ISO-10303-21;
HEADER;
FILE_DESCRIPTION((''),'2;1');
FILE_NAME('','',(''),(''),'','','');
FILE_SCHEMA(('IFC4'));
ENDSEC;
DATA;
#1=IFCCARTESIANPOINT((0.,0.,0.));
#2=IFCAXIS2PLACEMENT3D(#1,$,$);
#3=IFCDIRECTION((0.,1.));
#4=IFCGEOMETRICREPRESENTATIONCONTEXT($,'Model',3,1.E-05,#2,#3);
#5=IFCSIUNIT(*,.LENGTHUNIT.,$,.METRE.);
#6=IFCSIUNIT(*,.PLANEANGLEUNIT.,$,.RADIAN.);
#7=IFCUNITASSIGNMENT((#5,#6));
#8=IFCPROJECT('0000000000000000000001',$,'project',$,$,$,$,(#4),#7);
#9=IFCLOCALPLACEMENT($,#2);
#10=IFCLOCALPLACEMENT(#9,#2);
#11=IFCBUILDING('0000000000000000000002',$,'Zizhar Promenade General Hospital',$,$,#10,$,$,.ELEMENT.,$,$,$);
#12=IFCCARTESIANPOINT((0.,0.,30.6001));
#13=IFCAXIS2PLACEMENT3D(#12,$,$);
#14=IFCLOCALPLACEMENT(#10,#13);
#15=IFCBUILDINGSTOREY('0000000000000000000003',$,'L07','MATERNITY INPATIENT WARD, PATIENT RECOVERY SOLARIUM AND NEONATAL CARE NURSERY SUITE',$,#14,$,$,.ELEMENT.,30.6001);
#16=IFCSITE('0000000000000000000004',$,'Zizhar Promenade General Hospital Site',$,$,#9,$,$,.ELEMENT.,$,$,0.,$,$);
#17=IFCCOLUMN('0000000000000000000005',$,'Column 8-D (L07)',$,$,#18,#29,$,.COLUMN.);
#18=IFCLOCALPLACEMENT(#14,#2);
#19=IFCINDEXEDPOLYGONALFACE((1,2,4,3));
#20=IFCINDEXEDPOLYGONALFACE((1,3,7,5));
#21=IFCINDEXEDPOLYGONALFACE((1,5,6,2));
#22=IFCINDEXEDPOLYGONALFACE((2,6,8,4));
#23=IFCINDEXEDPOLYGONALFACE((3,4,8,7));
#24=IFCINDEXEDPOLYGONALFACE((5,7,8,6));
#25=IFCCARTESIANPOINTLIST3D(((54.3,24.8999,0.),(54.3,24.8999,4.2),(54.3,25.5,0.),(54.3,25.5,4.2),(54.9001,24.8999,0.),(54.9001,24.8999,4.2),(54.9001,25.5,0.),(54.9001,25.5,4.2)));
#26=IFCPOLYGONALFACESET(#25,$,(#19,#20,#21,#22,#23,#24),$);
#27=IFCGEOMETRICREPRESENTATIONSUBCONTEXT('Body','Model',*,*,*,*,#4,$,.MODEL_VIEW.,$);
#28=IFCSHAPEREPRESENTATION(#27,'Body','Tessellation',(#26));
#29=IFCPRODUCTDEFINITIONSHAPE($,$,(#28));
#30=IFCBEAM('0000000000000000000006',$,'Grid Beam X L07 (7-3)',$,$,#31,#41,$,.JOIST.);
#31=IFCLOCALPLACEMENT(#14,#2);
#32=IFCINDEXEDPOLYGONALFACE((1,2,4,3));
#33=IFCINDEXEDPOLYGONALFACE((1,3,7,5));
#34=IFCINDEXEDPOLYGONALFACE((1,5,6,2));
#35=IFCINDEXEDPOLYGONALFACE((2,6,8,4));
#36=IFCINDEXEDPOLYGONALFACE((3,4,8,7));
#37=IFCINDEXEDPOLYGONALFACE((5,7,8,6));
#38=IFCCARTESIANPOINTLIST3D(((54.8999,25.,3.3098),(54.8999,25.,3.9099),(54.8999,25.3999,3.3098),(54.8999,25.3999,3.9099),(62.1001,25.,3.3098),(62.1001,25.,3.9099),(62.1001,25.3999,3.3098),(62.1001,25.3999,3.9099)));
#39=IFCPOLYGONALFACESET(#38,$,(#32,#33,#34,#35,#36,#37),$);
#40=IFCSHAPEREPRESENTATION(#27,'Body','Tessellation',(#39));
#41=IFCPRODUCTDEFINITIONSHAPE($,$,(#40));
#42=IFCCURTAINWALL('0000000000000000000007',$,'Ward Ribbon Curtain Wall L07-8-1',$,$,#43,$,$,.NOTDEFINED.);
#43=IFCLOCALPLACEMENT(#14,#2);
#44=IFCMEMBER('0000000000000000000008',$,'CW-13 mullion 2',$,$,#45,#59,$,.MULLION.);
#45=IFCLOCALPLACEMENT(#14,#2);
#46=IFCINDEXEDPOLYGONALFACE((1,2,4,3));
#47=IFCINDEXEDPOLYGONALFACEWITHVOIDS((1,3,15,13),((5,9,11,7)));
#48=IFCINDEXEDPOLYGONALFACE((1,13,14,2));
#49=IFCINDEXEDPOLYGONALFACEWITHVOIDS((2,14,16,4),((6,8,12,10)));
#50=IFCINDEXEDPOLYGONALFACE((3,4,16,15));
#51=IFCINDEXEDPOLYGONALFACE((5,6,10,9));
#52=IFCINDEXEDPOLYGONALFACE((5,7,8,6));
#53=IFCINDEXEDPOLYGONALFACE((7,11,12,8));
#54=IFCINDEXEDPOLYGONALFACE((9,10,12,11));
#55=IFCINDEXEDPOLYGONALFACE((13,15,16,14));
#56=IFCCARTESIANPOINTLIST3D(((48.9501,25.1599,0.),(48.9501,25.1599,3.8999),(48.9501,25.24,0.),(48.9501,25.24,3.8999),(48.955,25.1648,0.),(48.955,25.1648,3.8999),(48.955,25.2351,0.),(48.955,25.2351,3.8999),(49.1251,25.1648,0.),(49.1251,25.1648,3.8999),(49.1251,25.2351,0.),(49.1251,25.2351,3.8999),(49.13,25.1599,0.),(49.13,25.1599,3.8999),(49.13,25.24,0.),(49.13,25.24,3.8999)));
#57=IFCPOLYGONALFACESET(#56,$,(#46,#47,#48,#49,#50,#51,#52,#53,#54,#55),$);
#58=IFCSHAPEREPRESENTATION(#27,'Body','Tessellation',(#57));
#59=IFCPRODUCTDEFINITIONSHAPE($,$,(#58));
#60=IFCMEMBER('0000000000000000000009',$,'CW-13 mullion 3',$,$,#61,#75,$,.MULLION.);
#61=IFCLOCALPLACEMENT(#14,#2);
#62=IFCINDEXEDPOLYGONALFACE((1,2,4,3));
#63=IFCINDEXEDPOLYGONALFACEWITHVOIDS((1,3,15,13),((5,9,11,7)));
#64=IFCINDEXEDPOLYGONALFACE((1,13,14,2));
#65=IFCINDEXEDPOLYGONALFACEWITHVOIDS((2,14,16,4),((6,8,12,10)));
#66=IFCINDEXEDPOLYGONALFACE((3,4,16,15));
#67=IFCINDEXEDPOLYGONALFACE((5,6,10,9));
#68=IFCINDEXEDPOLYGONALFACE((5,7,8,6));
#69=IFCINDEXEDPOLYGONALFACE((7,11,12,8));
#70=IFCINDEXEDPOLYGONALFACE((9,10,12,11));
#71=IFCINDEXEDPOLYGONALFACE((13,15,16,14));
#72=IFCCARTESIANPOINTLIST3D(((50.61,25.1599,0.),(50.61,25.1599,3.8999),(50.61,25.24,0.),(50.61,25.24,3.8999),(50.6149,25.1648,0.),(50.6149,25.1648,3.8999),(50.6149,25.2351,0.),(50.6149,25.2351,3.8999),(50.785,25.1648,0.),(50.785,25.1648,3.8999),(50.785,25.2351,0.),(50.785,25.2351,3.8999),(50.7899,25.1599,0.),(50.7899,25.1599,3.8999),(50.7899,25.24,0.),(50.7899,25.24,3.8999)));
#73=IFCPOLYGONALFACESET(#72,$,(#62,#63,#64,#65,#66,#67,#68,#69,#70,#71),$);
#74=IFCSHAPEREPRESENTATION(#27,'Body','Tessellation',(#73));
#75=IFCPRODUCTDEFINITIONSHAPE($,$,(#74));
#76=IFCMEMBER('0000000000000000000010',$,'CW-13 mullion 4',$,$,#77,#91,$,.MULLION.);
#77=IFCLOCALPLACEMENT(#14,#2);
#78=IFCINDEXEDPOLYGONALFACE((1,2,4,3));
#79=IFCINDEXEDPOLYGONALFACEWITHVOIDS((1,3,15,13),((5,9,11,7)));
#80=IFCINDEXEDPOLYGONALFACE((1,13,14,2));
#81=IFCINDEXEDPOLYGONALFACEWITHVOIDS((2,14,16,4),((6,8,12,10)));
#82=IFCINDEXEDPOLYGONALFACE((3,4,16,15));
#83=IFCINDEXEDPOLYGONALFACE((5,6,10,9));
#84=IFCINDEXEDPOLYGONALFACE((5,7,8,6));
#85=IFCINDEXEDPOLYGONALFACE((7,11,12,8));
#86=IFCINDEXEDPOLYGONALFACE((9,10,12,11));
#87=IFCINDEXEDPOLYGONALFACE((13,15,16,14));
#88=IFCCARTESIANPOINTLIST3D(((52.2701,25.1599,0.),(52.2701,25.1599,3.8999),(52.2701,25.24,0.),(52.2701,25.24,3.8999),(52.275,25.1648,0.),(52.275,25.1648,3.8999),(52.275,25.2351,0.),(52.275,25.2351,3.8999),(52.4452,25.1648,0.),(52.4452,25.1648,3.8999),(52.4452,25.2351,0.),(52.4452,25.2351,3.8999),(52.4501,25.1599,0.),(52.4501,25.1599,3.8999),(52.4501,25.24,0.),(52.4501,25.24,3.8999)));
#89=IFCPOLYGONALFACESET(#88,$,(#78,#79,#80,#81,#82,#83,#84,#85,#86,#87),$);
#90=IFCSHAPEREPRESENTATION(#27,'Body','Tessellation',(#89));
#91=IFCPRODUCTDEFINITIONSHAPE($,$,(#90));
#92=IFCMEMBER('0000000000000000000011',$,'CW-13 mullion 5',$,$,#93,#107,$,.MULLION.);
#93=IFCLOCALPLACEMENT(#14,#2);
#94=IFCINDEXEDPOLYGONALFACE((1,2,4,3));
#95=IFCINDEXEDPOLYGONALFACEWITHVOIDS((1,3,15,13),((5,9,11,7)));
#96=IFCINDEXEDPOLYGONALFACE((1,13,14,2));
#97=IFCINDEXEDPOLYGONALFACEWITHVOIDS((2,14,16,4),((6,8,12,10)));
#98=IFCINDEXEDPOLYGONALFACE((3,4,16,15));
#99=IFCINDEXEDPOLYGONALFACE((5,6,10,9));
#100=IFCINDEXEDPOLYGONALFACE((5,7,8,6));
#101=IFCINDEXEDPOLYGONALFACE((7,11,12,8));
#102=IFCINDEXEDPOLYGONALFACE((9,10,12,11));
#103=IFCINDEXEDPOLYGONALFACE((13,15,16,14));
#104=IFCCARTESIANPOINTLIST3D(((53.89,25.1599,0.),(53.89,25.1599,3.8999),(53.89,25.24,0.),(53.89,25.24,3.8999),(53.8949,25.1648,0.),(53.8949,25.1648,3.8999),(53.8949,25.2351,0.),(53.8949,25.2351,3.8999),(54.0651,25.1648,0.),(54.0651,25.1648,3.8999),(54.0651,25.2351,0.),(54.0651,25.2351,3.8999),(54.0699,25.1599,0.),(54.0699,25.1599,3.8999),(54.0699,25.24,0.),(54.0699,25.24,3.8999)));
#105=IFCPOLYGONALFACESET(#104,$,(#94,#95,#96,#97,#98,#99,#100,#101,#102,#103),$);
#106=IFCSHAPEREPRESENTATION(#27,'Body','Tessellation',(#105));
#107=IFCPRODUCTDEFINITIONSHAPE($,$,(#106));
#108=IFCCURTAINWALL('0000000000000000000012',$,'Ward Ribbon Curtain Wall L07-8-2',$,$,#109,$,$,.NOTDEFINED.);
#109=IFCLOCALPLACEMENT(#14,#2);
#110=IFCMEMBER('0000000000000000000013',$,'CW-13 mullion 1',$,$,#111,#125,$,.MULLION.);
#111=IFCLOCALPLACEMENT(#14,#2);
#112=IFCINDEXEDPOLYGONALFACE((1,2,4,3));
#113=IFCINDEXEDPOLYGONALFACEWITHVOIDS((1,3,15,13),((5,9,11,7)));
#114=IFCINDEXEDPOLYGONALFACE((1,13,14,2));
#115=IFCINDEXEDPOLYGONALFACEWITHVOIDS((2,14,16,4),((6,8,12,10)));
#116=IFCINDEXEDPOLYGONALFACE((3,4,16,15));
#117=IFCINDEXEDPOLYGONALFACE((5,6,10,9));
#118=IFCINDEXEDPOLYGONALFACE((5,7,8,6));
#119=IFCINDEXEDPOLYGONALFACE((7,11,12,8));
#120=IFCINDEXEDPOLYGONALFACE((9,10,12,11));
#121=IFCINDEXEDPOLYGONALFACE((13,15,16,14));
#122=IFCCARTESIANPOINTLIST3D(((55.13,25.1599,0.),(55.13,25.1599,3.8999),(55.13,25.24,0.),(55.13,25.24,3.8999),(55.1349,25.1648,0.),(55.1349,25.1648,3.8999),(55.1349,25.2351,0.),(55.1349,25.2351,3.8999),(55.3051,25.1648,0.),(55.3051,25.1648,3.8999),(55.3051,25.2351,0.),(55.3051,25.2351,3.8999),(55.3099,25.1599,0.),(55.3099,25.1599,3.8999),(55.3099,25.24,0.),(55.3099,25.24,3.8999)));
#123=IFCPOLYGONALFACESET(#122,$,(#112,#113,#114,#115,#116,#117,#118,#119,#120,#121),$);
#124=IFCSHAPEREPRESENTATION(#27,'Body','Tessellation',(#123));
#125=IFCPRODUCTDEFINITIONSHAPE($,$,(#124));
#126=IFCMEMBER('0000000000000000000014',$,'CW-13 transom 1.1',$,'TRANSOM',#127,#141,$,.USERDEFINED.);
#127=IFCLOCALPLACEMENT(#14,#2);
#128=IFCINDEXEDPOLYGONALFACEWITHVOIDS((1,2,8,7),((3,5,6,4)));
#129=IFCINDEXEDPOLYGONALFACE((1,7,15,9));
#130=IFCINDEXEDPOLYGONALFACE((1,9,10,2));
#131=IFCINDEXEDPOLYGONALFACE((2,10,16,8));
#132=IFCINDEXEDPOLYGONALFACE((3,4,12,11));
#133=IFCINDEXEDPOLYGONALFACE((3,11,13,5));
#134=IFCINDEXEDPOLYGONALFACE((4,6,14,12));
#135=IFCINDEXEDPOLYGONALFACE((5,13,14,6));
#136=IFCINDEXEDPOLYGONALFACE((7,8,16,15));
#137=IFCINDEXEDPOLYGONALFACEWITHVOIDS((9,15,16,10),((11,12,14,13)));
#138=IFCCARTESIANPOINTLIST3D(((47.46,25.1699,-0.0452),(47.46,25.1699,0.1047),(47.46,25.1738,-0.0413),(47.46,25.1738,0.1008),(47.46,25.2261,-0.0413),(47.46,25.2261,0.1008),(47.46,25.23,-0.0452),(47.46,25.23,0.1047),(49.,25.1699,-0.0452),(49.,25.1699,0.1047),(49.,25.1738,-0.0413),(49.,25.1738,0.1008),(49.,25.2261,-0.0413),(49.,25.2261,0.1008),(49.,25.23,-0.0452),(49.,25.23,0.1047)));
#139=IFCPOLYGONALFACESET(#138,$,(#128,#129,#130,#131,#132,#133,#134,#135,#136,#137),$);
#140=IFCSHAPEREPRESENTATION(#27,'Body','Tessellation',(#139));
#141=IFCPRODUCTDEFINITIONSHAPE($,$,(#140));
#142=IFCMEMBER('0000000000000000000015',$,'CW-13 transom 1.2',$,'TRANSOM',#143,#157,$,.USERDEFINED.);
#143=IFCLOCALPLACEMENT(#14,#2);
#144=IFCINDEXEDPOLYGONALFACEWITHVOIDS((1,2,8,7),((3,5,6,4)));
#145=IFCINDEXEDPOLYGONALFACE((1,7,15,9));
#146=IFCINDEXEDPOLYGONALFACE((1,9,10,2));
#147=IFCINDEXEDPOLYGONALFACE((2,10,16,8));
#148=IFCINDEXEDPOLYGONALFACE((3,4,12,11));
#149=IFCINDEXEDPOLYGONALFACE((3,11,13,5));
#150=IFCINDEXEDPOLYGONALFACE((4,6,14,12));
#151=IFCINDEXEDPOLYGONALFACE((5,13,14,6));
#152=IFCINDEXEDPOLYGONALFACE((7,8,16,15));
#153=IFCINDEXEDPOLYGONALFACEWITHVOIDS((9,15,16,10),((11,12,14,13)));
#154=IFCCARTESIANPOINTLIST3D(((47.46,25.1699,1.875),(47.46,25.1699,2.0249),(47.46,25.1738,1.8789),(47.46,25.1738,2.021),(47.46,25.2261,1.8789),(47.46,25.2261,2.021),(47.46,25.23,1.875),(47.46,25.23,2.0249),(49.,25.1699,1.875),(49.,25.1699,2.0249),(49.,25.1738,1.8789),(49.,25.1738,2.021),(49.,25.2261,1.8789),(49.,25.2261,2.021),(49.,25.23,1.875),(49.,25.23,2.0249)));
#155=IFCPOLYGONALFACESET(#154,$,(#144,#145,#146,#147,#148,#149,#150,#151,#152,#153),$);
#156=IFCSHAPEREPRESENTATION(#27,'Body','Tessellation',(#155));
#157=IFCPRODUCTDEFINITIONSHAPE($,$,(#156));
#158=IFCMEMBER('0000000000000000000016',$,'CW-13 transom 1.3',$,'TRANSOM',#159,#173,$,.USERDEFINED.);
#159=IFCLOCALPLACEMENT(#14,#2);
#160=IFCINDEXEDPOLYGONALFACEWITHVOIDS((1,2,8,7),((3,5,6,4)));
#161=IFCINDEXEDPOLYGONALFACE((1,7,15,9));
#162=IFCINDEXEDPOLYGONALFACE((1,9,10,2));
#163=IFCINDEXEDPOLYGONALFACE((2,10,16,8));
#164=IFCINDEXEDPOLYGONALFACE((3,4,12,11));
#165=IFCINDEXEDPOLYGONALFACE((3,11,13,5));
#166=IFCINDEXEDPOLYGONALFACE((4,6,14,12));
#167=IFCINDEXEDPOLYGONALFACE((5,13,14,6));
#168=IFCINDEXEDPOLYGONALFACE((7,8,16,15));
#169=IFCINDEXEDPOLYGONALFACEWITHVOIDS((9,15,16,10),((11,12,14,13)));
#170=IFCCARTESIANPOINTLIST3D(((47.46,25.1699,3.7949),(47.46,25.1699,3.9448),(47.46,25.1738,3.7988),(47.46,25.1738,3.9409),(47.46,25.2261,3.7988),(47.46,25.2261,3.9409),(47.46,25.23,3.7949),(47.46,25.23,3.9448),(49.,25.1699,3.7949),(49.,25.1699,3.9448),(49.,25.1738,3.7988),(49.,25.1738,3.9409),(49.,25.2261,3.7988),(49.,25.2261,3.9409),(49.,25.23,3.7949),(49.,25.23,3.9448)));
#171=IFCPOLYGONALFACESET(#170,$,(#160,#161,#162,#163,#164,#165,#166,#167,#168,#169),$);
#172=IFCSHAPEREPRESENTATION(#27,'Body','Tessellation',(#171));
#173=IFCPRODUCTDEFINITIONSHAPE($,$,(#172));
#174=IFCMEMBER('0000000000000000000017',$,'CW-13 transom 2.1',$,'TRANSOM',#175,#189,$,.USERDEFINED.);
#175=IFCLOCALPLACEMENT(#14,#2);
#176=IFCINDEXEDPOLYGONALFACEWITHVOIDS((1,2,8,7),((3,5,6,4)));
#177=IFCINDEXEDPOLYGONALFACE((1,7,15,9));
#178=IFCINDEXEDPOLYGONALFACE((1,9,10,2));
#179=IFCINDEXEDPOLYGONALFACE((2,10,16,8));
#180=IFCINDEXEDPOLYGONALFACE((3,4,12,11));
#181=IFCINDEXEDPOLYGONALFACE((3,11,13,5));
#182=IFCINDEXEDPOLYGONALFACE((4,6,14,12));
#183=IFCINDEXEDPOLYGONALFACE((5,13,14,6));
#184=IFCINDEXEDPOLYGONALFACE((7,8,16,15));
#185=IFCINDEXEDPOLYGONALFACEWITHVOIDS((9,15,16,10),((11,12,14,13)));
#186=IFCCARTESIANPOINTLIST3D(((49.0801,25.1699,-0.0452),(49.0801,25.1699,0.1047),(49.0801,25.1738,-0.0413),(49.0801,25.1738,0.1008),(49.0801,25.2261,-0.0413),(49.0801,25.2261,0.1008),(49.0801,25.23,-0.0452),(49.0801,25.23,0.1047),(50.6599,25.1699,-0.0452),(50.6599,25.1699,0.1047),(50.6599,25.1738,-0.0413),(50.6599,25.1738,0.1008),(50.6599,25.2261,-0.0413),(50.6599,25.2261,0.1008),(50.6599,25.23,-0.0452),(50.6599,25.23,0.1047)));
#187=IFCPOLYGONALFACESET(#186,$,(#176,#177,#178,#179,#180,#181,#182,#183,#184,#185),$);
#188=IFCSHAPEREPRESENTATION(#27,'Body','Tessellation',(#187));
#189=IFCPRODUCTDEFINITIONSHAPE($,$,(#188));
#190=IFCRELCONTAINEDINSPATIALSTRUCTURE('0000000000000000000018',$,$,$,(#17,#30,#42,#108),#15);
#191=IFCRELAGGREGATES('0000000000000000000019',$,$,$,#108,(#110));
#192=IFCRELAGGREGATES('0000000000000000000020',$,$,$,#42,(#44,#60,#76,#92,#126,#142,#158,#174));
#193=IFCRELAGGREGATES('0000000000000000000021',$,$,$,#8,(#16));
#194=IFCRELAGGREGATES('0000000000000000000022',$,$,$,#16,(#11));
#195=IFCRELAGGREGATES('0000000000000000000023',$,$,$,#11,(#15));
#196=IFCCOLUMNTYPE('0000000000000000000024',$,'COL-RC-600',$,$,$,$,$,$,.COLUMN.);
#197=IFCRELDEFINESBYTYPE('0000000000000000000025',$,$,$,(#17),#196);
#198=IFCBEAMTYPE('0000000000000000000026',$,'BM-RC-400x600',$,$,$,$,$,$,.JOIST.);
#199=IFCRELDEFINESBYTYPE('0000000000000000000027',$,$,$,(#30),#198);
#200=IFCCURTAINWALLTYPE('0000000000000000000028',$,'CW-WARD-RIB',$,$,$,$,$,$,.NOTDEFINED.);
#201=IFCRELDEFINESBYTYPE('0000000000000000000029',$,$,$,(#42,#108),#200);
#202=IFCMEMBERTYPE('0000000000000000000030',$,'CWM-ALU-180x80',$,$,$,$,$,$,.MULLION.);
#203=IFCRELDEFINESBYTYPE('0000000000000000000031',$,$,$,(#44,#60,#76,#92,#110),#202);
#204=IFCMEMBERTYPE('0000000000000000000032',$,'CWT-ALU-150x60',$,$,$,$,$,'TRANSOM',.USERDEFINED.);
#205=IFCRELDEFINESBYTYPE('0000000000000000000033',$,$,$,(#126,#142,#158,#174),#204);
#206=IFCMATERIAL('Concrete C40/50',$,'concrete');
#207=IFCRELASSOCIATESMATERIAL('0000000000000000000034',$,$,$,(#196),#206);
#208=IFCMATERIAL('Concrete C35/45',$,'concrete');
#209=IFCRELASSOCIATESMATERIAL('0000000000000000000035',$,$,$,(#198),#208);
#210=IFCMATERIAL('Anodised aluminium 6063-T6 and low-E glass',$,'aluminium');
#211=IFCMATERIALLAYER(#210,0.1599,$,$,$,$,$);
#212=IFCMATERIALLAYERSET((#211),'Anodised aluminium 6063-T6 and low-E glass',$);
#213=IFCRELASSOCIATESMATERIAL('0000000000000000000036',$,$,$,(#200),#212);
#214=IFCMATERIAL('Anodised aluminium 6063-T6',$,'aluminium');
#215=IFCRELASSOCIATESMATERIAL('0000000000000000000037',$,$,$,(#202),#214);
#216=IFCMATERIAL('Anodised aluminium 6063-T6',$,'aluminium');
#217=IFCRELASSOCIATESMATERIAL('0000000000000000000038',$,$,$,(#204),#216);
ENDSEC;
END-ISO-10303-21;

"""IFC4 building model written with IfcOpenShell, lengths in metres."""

from ifc_helpers import new_model, si_unit, direction, frame, origin, origin_2d, place, context, subcontext, project, spatial, rectangle, hollow_rectangle, extrude, material, layer, layer_set, material_profile, profile_set, type_object, element, aggregate, save


model = new_model("IFC4")

# Units and contexts
model_context = context("Model", 3, precision=1e-05, world=origin(), true_north=direction((0.0, 1.0)))
body_context = subcontext(model_context, "Body", "Model", "MODEL_VIEW")
ifc_project = project(units=[si_unit("LENGTHUNIT", "METRE"), si_unit("PLANEANGLEUNIT", "RADIAN")], contexts=[model_context])

# Site, building, storey
site_placement = place(None, origin())
site = spatial("IfcSite", under=ifc_project, at=site_placement, Name="Zizhar Promenade General Hospital Site", CompositionType="ELEMENT", RefElevation=0.0)
building_placement = place(site_placement, origin())
building = spatial("IfcBuilding", under=site, at=building_placement, Name="Zizhar Promenade General Hospital", CompositionType="ELEMENT")
storey_placement = place(building_placement, frame((0.0, 0.0, 30.6001)))
storey = spatial("IfcBuildingStorey", under=building, at=storey_placement, Name="L07", Description="MATERNITY INPATIENT WARD, PATIENT RECOVERY SOLARIUM AND NEONATAL CARE NURSERY SUITE", CompositionType="ELEMENT", Elevation=30.6001)

# Column
ifc_material_1 = material(Name="Concrete C40/50", Category="concrete")
ifc_material_profile_1 = material_profile(ifc_material_1, rectangle(XDim=0.6001, YDim=0.6001, at=origin_2d()))
ifc_profile_set_1 = profile_set([ifc_material_profile_1], Name="Concrete C40/50")
column_type = type_object("IfcColumnType", Name="COL-RC-600", PredefinedType="COLUMN", material=ifc_profile_set_1)
column_placement = place(storey_placement, frame((54.6001, 25.2, 0.0), z_axis=(0.0, 0.0, 1.0), x_axis=(1.0, 0.0, 0.0)))
element("IfcColumn", 1, at=column_placement, inside=storey, type_object=column_type, Name="Column 8-D (L07)", PredefinedType="COLUMN", context=body_context, shape_type="SweptSolid", body=[
    extrude(rectangle(XDim=0.6001, YDim=0.6001, at=origin_2d()), origin(), (0.0, 0.0, 1.0), 4.2),
])

# Beam
ifc_material_2 = material(Name="Concrete C35/45", Category="concrete")
ifc_material_profile_2 = material_profile(ifc_material_2, rectangle(XDim=0.3999, YDim=0.6001, at=origin_2d()))
ifc_profile_set_2 = profile_set([ifc_material_profile_2], Name="Concrete C35/45")
beam_type = type_object("IfcBeamType", Name="BM-RC-400x600", PredefinedType="JOIST", material=ifc_profile_set_2)
beam_placement = place(storey_placement, frame((54.8999, 25.2, 3.6099), z_axis=(1.0, 0.0, 0.0), x_axis=(0.0, 1.0, 0.0)))
element("IfcBeam", 2, at=beam_placement, inside=storey, type_object=beam_type, Name="Grid Beam X L07 (7-3)", PredefinedType="JOIST", context=body_context, shape_type="SweptSolid", body=[
    extrude(rectangle(XDim=0.3999, YDim=0.6001, at=origin_2d()), origin(), (0.0, 0.0, 1.0), 7.2002),
])

# Curtain wall, members
ifc_material_3 = material(Name="Anodised aluminium 6063-T6 and low-E glass", Category="aluminium")
ifc_layer_1 = layer(ifc_material_3, 0.1599)
ifc_layer_set_1 = layer_set([ifc_layer_1], Name="Anodised aluminium 6063-T6 and low-E glass")
curtain_wall_type = type_object("IfcCurtainWallType", Name="CW-WARD-RIB", PredefinedType="NOTDEFINED", material=ifc_layer_set_1)
curtain_wall_1_placement = place(storey_placement, origin())
curtain_wall_1 = element("IfcCurtainWall", 3, at=curtain_wall_1_placement, inside=storey, type_object=curtain_wall_type, Name="Ward Ribbon Curtain Wall L07-8-1", PredefinedType="NOTDEFINED")
ifc_material_4 = material(Name="Anodised aluminium 6063-T6", Category="aluminium")
ifc_material_profile_3 = material_profile(ifc_material_4, hollow_rectangle(XDim=0.0801, YDim=0.1799, WallThickness=0.0049, at=origin_2d()))
ifc_profile_set_3 = profile_set([ifc_material_profile_3], Name="Anodised aluminium 6063-T6")
member_type_1 = type_object("IfcMemberType", Name="CWM-ALU-180x80", PredefinedType="MULLION", material=ifc_profile_set_3)
member_1_placement = place(storey_placement, frame((49.04, 25.2, 0.0), z_axis=(0.0, 0.0, 1.0), x_axis=(0.0, 1.0, 0.0)))
member_1 = element("IfcMember", 4, at=member_1_placement, type_object=member_type_1, Name="CW-13 mullion 2", PredefinedType="MULLION", context=body_context, shape_type="SweptSolid", body=[
    extrude(hollow_rectangle(XDim=0.0801, YDim=0.1799, WallThickness=0.0049, at=origin_2d()), origin(), (0.0, 0.0, 1.0), 3.8999),
])
member_2_placement = place(storey_placement, frame((50.7, 25.2, 0.0), z_axis=(0.0, 0.0, 1.0), x_axis=(0.0, 1.0, 0.0)))
member_2 = element("IfcMember", 5, at=member_2_placement, type_object=member_type_1, Name="CW-13 mullion 3", PredefinedType="MULLION", context=body_context, shape_type="SweptSolid", body=[
    extrude(hollow_rectangle(XDim=0.0801, YDim=0.1799, WallThickness=0.0049, at=origin_2d()), origin(), (0.0, 0.0, 1.0), 3.8999),
])
member_3_placement = place(storey_placement, frame((52.3601, 25.2, 0.0), z_axis=(0.0, 0.0, 1.0), x_axis=(0.0, 1.0, 0.0)))
member_3 = element("IfcMember", 6, at=member_3_placement, type_object=member_type_1, Name="CW-13 mullion 4", PredefinedType="MULLION", context=body_context, shape_type="SweptSolid", body=[
    extrude(hollow_rectangle(XDim=0.0801, YDim=0.1799, WallThickness=0.0049, at=origin_2d()), origin(), (0.0, 0.0, 1.0), 3.8999),
])
member_4_placement = place(storey_placement, frame((53.98, 25.2, 0.0), z_axis=(0.0, 0.0, 1.0), x_axis=(0.0, 1.0, 0.0)))
member_4 = element("IfcMember", 7, at=member_4_placement, type_object=member_type_1, Name="CW-13 mullion 5", PredefinedType="MULLION", context=body_context, shape_type="SweptSolid", body=[
    extrude(hollow_rectangle(XDim=0.0801, YDim=0.1799, WallThickness=0.0049, at=origin_2d()), origin(), (0.0, 0.0, 1.0), 3.8999),
])

# Curtain wall, member
curtain_wall_2_placement = place(storey_placement, origin())
curtain_wall_2 = element("IfcCurtainWall", 8, at=curtain_wall_2_placement, inside=storey, type_object=curtain_wall_type, Name="Ward Ribbon Curtain Wall L07-8-2", PredefinedType="NOTDEFINED")
member_5_placement = place(storey_placement, frame((55.22, 25.2, 0.0), z_axis=(0.0, 0.0, 1.0), x_axis=(0.0, 1.0, 0.0)))
member_5 = element("IfcMember", 9, at=member_5_placement, type_object=member_type_1, Name="CW-13 mullion 1", PredefinedType="MULLION", context=body_context, shape_type="SweptSolid", body=[
    extrude(hollow_rectangle(XDim=0.0801, YDim=0.1799, WallThickness=0.0049, at=origin_2d()), origin(), (0.0, 0.0, 1.0), 3.8999),
])

# Members
ifc_material_5 = material(Name="Anodised aluminium 6063-T6", Category="aluminium")
ifc_material_profile_4 = material_profile(ifc_material_5, hollow_rectangle(XDim=0.0601, YDim=0.1499, WallThickness=0.0039, at=origin_2d()))
ifc_profile_set_4 = profile_set([ifc_material_profile_4], Name="Anodised aluminium 6063-T6")
member_type_2 = type_object("IfcMemberType", Name="CWT-ALU-150x60", ElementType="TRANSOM", PredefinedType="USERDEFINED", material=ifc_profile_set_4)
member_6_placement = place(storey_placement, frame((47.46, 25.2, 0.0298), z_axis=(1.0, 0.0, 0.0), x_axis=(0.0, 1.0, 0.0)))
member_6 = element("IfcMember", 10, at=member_6_placement, type_object=member_type_2, Name="CW-13 transom 1.1", ObjectType="TRANSOM", PredefinedType="USERDEFINED", context=body_context, shape_type="SweptSolid", body=[
    extrude(hollow_rectangle(XDim=0.0601, YDim=0.1499, WallThickness=0.0039, at=origin_2d()), origin(), (0.0, 0.0, 1.0), 1.54),
])
member_7_placement = place(storey_placement, frame((47.46, 25.2, 1.95), z_axis=(1.0, 0.0, 0.0), x_axis=(0.0, 1.0, 0.0)))
member_7 = element("IfcMember", 11, at=member_7_placement, type_object=member_type_2, Name="CW-13 transom 1.2", ObjectType="TRANSOM", PredefinedType="USERDEFINED", context=body_context, shape_type="SweptSolid", body=[
    extrude(hollow_rectangle(XDim=0.0601, YDim=0.1499, WallThickness=0.0039, at=origin_2d()), origin(), (0.0, 0.0, 1.0), 1.54),
])
member_8_placement = place(storey_placement, frame((47.46, 25.2, 3.8699), z_axis=(1.0, 0.0, 0.0), x_axis=(0.0, 1.0, 0.0)))
member_8 = element("IfcMember", 12, at=member_8_placement, type_object=member_type_2, Name="CW-13 transom 1.3", ObjectType="TRANSOM", PredefinedType="USERDEFINED", context=body_context, shape_type="SweptSolid", body=[
    extrude(hollow_rectangle(XDim=0.0601, YDim=0.1499, WallThickness=0.0039, at=origin_2d()), origin(), (0.0, 0.0, 1.0), 1.54),
])
member_9_placement = place(storey_placement, frame((49.0801, 25.2, 0.0298), z_axis=(1.0, 0.0, 0.0), x_axis=(0.0, 1.0, 0.0)))
member_9 = element("IfcMember", 13, at=member_9_placement, type_object=member_type_2, Name="CW-13 transom 2.1", ObjectType="TRANSOM", PredefinedType="USERDEFINED", context=body_context, shape_type="SweptSolid", body=[
    extrude(hollow_rectangle(XDim=0.0601, YDim=0.1499, WallThickness=0.0039, at=origin_2d()), origin(), (0.0, 0.0, 1.0), 1.5798),
])
aggregate(curtain_wall_2, [member_5])

aggregate(curtain_wall_1, [member_1, member_2, member_3, member_4, member_6, member_7, member_8, member_9])

save(model, "model.ifc")
